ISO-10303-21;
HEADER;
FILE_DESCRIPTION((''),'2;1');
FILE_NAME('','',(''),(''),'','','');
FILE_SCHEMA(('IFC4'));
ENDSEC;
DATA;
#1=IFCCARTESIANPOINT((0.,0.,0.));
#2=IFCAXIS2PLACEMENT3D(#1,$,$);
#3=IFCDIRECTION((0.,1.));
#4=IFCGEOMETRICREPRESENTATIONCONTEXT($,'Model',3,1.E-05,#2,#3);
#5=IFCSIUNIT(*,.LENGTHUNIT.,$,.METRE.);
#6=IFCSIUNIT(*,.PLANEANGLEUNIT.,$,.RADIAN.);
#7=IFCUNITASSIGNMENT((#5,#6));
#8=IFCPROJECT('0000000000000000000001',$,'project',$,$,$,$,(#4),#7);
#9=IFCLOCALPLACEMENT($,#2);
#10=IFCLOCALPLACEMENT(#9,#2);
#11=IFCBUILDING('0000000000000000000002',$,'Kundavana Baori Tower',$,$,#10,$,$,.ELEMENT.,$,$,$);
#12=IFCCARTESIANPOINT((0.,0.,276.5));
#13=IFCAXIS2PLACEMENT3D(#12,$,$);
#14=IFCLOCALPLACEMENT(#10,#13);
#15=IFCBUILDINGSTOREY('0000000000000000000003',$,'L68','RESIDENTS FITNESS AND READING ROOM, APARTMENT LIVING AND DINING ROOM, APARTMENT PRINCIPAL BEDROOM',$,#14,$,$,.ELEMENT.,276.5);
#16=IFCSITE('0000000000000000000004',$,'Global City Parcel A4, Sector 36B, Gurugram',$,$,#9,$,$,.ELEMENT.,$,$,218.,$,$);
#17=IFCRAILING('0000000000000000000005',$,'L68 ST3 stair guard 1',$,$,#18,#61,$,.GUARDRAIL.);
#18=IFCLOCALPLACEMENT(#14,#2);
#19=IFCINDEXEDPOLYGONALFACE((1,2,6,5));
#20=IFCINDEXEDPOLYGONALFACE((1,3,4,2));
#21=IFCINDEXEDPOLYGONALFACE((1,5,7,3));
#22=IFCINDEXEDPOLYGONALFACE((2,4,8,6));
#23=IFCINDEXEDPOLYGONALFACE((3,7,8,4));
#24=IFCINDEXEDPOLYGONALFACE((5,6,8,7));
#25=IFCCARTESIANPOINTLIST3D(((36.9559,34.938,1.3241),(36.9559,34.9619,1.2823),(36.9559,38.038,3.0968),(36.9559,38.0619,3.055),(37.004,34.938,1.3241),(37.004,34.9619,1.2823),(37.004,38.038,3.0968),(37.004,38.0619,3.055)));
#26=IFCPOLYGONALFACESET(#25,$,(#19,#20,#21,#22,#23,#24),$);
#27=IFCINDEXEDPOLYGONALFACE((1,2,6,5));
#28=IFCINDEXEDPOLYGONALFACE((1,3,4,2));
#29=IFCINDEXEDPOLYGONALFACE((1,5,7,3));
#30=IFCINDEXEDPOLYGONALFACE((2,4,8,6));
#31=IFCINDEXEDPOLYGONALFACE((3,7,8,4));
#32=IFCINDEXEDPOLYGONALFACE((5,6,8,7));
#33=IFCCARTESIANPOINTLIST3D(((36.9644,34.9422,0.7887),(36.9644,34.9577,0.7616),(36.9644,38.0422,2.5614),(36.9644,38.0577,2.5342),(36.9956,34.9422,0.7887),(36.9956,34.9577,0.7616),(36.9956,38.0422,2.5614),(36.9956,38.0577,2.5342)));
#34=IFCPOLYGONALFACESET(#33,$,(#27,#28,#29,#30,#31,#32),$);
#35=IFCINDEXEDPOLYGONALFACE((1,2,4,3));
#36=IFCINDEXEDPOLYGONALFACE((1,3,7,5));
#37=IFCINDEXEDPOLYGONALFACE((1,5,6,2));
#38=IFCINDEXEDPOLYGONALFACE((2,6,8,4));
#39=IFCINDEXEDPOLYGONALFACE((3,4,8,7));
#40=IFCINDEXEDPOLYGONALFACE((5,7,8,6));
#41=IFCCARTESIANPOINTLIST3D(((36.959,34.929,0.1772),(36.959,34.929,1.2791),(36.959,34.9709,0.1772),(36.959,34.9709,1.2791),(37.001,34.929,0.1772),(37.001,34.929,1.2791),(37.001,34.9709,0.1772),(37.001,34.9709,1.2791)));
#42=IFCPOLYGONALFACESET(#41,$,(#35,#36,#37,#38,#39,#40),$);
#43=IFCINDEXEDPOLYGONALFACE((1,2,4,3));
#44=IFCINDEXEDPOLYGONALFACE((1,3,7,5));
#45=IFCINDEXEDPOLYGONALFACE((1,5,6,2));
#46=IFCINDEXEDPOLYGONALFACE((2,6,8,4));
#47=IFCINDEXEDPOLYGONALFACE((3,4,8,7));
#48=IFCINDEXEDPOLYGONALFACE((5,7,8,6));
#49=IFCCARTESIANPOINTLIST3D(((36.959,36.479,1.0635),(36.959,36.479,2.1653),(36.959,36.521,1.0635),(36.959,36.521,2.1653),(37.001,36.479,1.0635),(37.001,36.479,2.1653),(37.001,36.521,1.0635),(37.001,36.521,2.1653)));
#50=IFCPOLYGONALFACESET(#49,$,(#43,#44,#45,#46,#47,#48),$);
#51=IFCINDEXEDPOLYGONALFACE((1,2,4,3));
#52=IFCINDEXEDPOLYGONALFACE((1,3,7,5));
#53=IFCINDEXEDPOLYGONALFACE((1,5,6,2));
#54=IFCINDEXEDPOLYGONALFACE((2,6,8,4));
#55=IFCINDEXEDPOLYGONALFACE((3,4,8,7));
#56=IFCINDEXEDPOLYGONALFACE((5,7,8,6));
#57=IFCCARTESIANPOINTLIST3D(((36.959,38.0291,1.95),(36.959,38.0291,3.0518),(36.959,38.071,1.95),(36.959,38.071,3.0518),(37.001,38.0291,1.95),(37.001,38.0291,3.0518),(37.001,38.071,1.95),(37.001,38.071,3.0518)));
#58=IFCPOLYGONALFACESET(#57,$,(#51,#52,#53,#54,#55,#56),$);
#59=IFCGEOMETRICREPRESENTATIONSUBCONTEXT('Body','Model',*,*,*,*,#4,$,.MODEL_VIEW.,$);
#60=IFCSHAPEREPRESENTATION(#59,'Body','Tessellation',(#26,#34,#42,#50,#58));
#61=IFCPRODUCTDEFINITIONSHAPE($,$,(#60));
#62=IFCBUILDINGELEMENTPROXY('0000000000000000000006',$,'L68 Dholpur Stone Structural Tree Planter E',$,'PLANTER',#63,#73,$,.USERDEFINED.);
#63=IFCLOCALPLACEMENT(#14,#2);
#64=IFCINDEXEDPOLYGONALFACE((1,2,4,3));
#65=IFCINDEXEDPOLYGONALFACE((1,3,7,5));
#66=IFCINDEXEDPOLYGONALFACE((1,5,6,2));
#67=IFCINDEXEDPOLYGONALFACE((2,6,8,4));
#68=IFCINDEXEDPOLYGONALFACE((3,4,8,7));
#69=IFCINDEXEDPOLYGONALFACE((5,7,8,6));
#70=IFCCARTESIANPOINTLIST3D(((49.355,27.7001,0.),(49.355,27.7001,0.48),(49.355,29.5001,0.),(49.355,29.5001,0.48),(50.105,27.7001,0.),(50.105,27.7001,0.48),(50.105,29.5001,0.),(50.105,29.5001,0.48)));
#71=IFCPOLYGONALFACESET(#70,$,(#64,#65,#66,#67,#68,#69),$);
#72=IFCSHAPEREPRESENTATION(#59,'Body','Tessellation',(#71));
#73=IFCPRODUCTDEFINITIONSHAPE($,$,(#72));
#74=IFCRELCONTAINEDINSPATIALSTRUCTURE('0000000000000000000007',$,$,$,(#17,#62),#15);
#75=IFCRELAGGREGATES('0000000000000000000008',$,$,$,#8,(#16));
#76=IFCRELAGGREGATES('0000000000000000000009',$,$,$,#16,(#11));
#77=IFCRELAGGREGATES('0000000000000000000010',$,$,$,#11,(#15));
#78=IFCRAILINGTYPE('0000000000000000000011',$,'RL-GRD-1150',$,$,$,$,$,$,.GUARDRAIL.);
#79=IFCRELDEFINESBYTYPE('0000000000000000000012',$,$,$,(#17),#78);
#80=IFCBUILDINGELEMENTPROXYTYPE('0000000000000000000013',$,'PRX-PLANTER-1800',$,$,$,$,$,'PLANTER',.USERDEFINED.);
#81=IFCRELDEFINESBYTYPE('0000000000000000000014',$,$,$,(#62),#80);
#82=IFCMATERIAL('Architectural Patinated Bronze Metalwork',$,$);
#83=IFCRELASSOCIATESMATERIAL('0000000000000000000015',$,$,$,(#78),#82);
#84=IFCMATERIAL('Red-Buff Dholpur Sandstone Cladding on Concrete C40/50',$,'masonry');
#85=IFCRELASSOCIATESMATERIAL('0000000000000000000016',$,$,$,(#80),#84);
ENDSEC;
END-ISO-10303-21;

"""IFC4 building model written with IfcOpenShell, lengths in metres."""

from ifc_helpers import new_model, si_unit, direction, frame, origin, origin_2d, place, context, subcontext, project, spatial, rectangle, extrude, material, type_object, element, save


model = new_model("IFC4")

# Units and contexts
model_context = context("Model", 3, precision=1e-05, world=origin(), true_north=direction((0.0, 1.0)))
body_context = subcontext(model_context, "Body", "Model", "MODEL_VIEW")
ifc_project = project(units=[si_unit("LENGTHUNIT", "METRE"), si_unit("PLANEANGLEUNIT", "RADIAN")], contexts=[model_context])

# Site, building, storey
site_placement = place(None, origin())
site = spatial("IfcSite", under=ifc_project, at=site_placement, Name="Global City Parcel A4, Sector 36B, Gurugram", CompositionType="ELEMENT", RefElevation=218.0)
building_placement = place(site_placement, origin())
building = spatial("IfcBuilding", under=site, at=building_placement, Name="Kundavana Baori Tower", CompositionType="ELEMENT")
storey_placement = place(building_placement, frame((0.0, 0.0, 276.5)))
storey = spatial("IfcBuildingStorey", under=building, at=storey_placement, Name="L68", Description="RESIDENTS FITNESS AND READING ROOM, APARTMENT LIVING AND DINING ROOM, APARTMENT PRINCIPAL BEDROOM", CompositionType="ELEMENT", Elevation=276.5)

# Railing
ifc_material_1 = material(Name="Architectural Patinated Bronze Metalwork")
railing_type = type_object("IfcRailingType", Name="RL-GRD-1150", PredefinedType="GUARDRAIL", material=ifc_material_1)
railing_placement = place(storey_placement, frame((36.98, 34.95, 0.1772)))
element("IfcRailing", 1, at=railing_placement, inside=storey, type_object=railing_type, Name="L68 ST3 stair guard 1", PredefinedType="GUARDRAIL", context=body_context, shape_type="SweptSolid", body=[
    extrude(rectangle(XDim=0.0481, YDim=0.0481, at=origin_2d()), frame((0.0, 0.0, 1.126), z_axis=(0.0, 0.868096, 0.496397), x_axis=(-1.0, 0.0, 0.0)), (0.0, 0.0, 1.0), 3.571),
    extrude(rectangle(XDim=0.0312, YDim=0.0312, at=origin_2d()), frame((0.0, 0.0, 0.5979), z_axis=(0.0, 0.868096, 0.496397), x_axis=(-1.0, 0.0, 0.0)), (0.0, 0.0, 1.0), 3.571),
    extrude(rectangle(XDim=0.042, YDim=0.042, at=origin_2d()), origin(), (0.0, 0.0, 1.0), 1.1018),
    extrude(rectangle(XDim=0.042, YDim=0.042, at=origin_2d()), frame((0.0, 1.55, 0.8862)), (0.0, 0.0, 1.0), 1.1018),
    extrude(rectangle(XDim=0.042, YDim=0.042, at=origin_2d()), frame((0.0, 3.1001, 1.7727)), (0.0, 0.0, 1.0), 1.1018),
])

# Building element proxy
ifc_material_2 = material(Name="Red-Buff Dholpur Sandstone Cladding on Concrete C40/50", Category="masonry")
building_element_proxy_type = type_object("IfcBuildingElementProxyType", Name="PRX-PLANTER-1800", ElementType="PLANTER", PredefinedType="USERDEFINED", material=ifc_material_2)
proxy_placement = place(storey_placement, frame((49.73, 28.6001, 0.0), z_axis=(0.0, 0.0, 1.0), x_axis=(0.0, 1.0, 0.0)))
element("IfcBuildingElementProxy", 2, at=proxy_placement, inside=storey, type_object=building_element_proxy_type, Name="L68 Dholpur Stone Structural Tree Planter E", ObjectType="PLANTER", PredefinedType="USERDEFINED", context=body_context, shape_type="SweptSolid", body=[
    extrude(rectangle(XDim=1.8, YDim=0.75, at=origin_2d()), origin(), (0.0, 0.0, 1.0), 0.48),
])

save(model, "model.ifc")
